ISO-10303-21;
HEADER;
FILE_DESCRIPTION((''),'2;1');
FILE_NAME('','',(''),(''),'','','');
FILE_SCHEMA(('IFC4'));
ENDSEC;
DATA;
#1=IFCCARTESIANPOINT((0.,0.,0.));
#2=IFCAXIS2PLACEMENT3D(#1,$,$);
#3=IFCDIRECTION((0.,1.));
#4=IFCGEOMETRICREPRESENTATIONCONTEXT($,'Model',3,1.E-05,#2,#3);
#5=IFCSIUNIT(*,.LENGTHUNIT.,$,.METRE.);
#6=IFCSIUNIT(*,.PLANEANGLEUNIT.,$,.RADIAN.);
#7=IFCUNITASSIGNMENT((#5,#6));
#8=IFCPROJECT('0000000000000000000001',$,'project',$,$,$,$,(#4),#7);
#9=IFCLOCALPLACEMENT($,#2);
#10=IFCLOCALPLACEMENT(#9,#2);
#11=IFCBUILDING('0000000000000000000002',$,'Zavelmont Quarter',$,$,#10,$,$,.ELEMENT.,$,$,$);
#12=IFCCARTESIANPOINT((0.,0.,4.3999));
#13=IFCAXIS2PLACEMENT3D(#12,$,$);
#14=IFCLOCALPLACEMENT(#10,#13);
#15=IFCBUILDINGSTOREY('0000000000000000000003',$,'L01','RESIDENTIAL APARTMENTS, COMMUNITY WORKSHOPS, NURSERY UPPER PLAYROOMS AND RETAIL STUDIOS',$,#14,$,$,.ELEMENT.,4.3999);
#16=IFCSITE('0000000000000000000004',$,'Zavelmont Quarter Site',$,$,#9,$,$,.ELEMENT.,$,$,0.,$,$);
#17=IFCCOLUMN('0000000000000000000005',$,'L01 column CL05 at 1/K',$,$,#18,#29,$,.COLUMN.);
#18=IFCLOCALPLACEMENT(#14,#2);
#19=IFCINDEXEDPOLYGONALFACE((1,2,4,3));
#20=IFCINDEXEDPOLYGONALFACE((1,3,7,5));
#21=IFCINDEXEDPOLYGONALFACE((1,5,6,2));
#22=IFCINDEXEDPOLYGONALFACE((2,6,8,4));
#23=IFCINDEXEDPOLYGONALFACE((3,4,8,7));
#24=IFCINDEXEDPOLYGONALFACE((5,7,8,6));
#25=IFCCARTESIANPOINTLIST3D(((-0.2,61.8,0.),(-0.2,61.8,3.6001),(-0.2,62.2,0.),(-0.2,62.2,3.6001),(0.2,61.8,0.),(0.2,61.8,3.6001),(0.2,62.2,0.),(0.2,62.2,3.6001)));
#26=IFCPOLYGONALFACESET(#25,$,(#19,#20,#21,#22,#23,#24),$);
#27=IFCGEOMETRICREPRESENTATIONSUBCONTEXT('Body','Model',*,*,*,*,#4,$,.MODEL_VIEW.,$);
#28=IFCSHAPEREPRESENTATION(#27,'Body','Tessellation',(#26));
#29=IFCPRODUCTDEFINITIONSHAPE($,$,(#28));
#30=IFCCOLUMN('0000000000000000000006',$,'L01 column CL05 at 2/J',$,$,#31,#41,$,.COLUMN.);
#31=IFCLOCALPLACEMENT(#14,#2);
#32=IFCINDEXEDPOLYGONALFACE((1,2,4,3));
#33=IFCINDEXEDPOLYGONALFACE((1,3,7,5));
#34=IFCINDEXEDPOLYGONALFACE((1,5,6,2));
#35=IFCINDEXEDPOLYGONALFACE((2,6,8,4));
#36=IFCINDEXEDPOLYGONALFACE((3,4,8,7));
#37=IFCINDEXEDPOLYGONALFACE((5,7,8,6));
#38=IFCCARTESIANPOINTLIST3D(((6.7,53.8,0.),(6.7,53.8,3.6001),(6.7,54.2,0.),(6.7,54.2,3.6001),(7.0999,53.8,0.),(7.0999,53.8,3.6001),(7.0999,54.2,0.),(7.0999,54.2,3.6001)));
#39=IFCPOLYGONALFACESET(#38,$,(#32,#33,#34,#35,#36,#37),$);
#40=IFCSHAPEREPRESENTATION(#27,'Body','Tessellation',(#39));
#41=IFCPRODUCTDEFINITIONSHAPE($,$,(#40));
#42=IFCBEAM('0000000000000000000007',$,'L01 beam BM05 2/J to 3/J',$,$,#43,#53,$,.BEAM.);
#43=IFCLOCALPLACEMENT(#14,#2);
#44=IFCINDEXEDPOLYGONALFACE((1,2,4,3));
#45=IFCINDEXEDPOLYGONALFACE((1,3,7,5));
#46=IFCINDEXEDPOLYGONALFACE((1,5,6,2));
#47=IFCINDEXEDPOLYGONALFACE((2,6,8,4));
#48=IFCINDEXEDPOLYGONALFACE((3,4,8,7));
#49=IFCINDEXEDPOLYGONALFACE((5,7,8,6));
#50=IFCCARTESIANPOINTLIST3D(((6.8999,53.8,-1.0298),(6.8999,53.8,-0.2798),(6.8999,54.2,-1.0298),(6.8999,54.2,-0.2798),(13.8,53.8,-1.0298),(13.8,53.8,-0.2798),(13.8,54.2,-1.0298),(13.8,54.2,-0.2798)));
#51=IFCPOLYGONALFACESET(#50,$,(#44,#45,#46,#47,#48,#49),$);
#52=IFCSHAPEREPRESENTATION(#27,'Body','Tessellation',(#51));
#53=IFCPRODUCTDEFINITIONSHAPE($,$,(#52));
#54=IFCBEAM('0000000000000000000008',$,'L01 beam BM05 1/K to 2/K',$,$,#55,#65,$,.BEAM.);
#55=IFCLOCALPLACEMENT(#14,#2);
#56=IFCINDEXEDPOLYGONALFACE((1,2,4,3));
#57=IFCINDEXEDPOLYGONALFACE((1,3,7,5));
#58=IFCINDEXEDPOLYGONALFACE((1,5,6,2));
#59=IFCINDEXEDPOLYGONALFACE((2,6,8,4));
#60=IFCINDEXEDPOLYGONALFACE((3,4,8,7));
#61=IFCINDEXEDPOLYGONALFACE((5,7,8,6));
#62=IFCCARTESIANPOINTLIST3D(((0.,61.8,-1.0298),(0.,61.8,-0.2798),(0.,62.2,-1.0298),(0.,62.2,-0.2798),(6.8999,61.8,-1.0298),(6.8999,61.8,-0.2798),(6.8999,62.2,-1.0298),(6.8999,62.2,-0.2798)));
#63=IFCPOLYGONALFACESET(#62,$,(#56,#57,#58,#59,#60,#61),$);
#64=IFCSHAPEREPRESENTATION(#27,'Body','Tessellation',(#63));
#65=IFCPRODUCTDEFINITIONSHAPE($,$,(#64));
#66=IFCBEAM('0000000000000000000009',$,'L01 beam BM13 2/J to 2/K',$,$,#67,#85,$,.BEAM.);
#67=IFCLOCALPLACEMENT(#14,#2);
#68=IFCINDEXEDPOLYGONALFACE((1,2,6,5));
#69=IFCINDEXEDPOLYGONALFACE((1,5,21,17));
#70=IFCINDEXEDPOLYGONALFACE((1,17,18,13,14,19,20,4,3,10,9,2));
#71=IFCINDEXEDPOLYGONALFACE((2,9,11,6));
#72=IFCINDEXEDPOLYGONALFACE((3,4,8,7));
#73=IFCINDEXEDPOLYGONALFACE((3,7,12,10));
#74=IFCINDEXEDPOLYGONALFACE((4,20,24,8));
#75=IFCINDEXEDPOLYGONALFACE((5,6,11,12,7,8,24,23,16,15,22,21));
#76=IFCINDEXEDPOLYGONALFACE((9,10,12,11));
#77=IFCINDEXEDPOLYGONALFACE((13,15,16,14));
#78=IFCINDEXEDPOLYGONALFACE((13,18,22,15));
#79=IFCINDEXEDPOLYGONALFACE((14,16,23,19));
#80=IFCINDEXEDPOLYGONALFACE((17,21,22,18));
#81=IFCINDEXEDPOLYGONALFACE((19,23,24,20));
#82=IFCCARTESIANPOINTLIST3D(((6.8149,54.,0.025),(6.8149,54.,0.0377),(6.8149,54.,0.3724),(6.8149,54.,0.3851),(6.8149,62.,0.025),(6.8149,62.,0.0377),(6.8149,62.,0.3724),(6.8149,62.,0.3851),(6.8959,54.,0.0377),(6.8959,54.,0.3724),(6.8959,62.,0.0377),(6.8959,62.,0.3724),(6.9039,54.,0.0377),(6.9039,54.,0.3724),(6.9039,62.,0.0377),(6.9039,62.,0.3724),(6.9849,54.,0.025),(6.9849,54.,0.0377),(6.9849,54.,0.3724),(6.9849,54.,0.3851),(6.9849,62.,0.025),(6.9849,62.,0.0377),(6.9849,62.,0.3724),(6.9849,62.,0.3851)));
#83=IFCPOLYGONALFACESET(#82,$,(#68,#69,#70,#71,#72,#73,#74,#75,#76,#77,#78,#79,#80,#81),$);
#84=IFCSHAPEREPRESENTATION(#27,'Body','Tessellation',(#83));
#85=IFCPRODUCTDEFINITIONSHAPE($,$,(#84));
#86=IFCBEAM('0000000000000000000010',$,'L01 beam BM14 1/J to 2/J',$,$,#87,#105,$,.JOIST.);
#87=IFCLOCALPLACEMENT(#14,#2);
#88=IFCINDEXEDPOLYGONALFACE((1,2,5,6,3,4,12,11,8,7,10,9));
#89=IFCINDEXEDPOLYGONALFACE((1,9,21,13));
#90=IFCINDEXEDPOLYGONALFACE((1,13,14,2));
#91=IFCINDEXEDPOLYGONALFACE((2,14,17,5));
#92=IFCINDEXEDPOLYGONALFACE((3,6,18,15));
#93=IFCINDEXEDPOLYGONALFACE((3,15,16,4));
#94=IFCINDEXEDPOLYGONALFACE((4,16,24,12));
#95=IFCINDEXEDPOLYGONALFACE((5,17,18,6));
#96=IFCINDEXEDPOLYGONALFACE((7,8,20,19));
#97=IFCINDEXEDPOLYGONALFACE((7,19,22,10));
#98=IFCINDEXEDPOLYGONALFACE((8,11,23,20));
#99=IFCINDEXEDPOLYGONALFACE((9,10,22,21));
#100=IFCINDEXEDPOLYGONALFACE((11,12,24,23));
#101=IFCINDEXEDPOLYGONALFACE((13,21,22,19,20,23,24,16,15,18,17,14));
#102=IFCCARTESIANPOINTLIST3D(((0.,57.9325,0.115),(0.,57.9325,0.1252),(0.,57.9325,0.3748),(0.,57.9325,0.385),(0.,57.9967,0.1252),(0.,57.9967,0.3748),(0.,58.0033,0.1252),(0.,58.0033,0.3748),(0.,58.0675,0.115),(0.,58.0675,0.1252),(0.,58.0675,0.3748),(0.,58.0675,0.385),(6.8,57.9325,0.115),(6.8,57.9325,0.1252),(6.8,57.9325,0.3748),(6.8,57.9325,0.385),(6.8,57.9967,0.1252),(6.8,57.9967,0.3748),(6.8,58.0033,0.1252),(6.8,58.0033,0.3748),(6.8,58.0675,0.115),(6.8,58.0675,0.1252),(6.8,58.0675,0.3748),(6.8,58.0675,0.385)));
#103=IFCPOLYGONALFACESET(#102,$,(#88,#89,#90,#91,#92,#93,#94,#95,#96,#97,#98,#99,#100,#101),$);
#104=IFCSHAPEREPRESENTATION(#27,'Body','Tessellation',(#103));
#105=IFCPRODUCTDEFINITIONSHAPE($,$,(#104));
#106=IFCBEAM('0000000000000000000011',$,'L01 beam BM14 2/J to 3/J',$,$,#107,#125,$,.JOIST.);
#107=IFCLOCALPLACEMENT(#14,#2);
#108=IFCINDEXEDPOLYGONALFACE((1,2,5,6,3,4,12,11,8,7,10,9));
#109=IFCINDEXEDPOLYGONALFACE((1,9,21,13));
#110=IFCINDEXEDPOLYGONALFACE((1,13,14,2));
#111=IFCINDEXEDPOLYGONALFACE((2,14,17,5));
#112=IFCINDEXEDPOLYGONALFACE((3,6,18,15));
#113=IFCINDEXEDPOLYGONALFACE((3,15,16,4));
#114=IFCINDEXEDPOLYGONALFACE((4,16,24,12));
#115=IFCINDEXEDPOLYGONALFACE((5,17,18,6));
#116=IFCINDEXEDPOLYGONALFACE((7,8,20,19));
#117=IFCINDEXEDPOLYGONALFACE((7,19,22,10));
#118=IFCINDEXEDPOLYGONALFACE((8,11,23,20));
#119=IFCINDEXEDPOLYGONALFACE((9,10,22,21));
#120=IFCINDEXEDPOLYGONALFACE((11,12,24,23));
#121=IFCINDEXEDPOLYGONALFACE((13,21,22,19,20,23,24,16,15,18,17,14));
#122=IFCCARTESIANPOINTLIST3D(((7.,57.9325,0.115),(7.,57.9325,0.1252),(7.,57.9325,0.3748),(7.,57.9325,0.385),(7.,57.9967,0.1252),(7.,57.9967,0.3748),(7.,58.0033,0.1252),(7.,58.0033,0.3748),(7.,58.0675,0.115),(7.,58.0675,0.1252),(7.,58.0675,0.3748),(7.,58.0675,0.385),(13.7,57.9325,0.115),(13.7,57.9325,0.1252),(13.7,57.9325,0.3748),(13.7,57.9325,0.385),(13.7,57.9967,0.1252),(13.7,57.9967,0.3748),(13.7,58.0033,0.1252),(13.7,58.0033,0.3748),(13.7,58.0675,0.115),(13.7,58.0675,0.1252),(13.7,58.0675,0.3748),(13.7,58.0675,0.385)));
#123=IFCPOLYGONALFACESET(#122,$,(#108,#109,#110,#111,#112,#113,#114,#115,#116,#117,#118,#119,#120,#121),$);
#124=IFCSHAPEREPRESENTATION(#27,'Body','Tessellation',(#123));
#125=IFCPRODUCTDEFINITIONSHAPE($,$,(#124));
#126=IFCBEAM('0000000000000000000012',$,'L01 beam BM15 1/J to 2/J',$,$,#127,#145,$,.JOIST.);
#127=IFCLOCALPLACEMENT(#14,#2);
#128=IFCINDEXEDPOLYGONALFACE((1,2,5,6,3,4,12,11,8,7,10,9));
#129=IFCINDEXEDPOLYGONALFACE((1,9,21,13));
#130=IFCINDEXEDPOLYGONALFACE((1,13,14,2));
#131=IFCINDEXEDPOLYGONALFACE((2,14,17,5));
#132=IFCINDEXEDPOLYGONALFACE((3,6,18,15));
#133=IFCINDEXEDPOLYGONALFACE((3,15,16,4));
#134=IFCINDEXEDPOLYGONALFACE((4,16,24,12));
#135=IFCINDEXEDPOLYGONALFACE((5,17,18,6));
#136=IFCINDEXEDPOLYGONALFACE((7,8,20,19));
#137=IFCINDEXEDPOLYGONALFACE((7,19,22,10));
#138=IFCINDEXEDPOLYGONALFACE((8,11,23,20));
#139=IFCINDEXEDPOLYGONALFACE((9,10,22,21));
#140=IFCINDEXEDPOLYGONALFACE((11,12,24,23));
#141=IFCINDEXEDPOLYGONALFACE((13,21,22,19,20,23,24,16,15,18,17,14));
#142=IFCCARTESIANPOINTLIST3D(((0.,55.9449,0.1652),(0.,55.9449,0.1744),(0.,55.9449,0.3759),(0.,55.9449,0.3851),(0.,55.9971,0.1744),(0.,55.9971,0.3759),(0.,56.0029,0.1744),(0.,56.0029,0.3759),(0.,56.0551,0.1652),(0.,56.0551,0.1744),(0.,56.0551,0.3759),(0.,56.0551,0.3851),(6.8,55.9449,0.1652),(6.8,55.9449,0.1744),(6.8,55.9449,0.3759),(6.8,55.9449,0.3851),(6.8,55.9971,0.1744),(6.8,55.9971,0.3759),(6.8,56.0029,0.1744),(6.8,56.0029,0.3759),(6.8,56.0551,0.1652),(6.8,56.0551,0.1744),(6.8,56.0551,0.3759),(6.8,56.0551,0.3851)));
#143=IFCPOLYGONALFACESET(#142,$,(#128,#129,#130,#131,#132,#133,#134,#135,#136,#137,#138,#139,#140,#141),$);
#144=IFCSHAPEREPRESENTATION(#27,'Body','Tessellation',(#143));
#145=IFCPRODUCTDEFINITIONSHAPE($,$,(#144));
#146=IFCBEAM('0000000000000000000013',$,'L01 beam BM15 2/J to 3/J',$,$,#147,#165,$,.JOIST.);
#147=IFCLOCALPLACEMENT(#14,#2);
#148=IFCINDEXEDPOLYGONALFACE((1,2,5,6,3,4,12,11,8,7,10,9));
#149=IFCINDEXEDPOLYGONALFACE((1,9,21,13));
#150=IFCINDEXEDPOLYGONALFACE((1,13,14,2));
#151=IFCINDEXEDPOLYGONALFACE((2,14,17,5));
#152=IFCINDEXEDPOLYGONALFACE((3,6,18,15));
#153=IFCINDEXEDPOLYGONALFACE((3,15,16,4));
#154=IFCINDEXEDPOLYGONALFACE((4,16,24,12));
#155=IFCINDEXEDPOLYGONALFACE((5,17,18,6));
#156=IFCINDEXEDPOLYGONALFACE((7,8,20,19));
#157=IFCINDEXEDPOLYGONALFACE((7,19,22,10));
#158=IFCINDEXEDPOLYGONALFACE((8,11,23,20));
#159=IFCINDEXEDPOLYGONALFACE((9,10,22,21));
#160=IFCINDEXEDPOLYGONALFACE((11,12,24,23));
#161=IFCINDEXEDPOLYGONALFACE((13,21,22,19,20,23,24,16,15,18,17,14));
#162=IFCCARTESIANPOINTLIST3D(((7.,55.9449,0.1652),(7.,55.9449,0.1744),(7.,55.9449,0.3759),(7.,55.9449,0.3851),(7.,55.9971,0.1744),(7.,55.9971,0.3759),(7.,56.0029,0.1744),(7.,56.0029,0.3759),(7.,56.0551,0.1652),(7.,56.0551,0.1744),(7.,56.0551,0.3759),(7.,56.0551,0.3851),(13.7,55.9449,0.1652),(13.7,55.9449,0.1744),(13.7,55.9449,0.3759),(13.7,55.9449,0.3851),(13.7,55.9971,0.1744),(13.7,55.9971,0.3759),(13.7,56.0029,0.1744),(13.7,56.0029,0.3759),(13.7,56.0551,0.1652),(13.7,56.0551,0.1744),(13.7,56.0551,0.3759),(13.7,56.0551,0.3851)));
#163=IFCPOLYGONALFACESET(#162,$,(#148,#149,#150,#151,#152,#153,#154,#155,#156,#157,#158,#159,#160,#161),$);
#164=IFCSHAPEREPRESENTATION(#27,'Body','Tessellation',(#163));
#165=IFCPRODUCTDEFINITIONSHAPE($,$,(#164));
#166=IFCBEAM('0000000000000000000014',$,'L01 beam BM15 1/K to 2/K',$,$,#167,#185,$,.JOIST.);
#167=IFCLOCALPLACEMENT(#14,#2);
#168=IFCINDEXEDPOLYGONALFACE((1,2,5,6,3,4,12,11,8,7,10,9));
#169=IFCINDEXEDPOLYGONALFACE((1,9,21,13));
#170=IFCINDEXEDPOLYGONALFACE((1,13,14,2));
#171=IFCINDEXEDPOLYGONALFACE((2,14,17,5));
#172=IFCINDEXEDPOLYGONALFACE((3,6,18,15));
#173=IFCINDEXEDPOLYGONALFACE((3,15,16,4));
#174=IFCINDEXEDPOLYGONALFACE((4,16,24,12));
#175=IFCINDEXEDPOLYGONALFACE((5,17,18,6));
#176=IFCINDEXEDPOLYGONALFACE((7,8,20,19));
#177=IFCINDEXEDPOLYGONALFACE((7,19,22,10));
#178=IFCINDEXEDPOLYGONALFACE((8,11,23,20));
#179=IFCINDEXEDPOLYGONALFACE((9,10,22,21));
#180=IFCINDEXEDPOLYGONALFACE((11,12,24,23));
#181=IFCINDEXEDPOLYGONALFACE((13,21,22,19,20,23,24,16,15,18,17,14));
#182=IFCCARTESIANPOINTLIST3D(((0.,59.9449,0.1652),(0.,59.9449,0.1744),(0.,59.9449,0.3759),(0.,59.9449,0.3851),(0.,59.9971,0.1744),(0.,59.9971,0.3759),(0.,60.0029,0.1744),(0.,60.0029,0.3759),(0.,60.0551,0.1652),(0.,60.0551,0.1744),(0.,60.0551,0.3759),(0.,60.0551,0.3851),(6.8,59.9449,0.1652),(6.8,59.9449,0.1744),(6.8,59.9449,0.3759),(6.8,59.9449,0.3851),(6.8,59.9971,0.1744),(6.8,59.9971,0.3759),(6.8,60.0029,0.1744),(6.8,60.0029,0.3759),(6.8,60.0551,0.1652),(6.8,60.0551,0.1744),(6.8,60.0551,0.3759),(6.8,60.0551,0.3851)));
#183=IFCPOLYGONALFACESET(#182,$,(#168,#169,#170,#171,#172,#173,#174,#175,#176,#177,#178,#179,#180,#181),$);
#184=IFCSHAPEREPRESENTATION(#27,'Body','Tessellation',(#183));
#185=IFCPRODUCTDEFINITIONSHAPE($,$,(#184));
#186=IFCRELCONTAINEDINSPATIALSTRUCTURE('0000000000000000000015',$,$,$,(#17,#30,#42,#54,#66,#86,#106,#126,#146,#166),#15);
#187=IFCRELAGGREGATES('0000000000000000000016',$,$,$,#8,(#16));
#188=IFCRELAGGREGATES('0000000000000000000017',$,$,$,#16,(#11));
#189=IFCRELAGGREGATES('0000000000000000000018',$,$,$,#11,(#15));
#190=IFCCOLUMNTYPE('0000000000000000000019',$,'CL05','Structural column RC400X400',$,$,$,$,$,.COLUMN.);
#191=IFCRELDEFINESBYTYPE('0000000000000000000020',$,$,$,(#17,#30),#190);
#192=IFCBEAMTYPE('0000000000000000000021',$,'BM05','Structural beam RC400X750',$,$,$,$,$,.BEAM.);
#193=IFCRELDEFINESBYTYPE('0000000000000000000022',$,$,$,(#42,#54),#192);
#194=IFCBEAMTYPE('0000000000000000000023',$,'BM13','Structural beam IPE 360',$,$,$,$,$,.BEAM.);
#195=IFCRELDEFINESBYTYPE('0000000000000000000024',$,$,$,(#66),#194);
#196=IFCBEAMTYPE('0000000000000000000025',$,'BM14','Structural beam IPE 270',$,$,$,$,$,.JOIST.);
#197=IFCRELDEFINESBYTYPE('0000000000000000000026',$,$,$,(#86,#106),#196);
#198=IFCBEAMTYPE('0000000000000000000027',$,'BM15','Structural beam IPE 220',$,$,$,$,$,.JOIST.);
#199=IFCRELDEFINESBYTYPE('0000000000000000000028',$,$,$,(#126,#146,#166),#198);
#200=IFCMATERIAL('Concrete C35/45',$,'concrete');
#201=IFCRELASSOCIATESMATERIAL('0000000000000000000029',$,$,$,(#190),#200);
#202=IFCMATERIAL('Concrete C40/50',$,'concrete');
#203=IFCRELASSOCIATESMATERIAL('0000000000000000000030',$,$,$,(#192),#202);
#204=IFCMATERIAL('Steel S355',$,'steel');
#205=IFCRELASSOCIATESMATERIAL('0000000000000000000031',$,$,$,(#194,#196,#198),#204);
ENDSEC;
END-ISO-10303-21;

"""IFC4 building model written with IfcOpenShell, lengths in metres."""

from ifc_helpers import new_model, si_unit, direction, frame, origin, origin_2d, place, context, subcontext, project, spatial, rectangle, i_section, extrude, material, material_profile, profile_set, type_object, element, save


model = new_model("IFC4")

# Units and contexts
model_context = context("Model", 3, precision=1e-05, world=origin(), true_north=direction((0.0, 1.0)))
body_context = subcontext(model_context, "Body", "Model", "MODEL_VIEW")
ifc_project = project(units=[si_unit("LENGTHUNIT", "METRE"), si_unit("PLANEANGLEUNIT", "RADIAN")], contexts=[model_context])

# Site, building, storey
site_placement = place(None, origin())
site = spatial("IfcSite", under=ifc_project, at=site_placement, Name="Zavelmont Quarter Site", CompositionType="ELEMENT", RefElevation=0.0)
building_placement = place(site_placement, origin())
building = spatial("IfcBuilding", under=site, at=building_placement, Name="Zavelmont Quarter", CompositionType="ELEMENT")
storey_placement = place(building_placement, frame((0.0, 0.0, 4.3999)))
storey = spatial("IfcBuildingStorey", under=building, at=storey_placement, Name="L01", Description="RESIDENTIAL APARTMENTS, COMMUNITY WORKSHOPS, NURSERY UPPER PLAYROOMS AND RETAIL STUDIOS", CompositionType="ELEMENT", Elevation=4.3999)

# Columns
ifc_material_1 = material(Name="Concrete C35/45", Category="concrete")
ifc_material_profile_1 = material_profile(ifc_material_1, rectangle(XDim=0.3999, YDim=0.3999, at=origin_2d()), Name="RC400X400")
ifc_profile_set_1 = profile_set([ifc_material_profile_1], Name="Concrete C35/45")
column_type = type_object("IfcColumnType", Name="CL05", Description="Structural column RC400X400", PredefinedType="COLUMN", material=ifc_profile_set_1)
for number, where, z_axis, x_axis, name in (
    (1, (0.0, 62.0, 0.0), (0.0, 0.0, 1.0), (1.0, 0.0, 0.0), "L01 column CL05 at 1/K"),
    (2, (6.8999, 54.0, 0.0), (0.0, 0.0, 1.0), (1.0, 0.0, 0.0), "L01 column CL05 at 2/J"),
):
    element("IfcColumn", number, at=place(storey_placement, frame(where, z_axis=z_axis, x_axis=x_axis)), inside=storey, type_object=column_type, Name=name, PredefinedType="COLUMN", context=body_context, shape_type="SweptSolid", body=[
        extrude(rectangle(XDim=0.3999, YDim=0.3999, at=origin_2d()), origin(), (0.0, 0.0, 1.0), 3.6001),
    ])

# Beams
ifc_material_2 = material(Name="Concrete C40/50", Category="concrete")
ifc_material_profile_2 = material_profile(ifc_material_2, rectangle(XDim=0.3999, YDim=0.75, at=origin_2d()), Name="RC400X750")
ifc_profile_set_2 = profile_set([ifc_material_profile_2], Name="Concrete C40/50")
beam_type_1 = type_object("IfcBeamType", Name="BM05", Description="Structural beam RC400X750", PredefinedType="BEAM", material=ifc_profile_set_2)
beam_1_placement = place(storey_placement, frame((6.8999, 54.0, -0.6548), z_axis=(1.0, 0.0, 0.0), x_axis=(0.0, 1.0, 0.0)))
element("IfcBeam", 3, at=beam_1_placement, inside=storey, type_object=beam_type_1, Name="L01 beam BM05 2/J to 3/J", PredefinedType="BEAM", context=body_context, shape_type="SweptSolid", body=[
    extrude(rectangle(XDim=0.3999, YDim=0.75, at=origin_2d()), origin(), (0.0, 0.0, 1.0), 6.9001),
])
beam_2_placement = place(storey_placement, frame((0.0, 62.0, -0.6548), z_axis=(1.0, 0.0, 0.0), x_axis=(0.0, 1.0, 0.0)))
element("IfcBeam", 4, at=beam_2_placement, inside=storey, type_object=beam_type_1, Name="L01 beam BM05 1/K to 2/K", PredefinedType="BEAM", context=body_context, shape_type="SweptSolid", body=[
    extrude(rectangle(XDim=0.3999, YDim=0.75, at=origin_2d()), origin(), (0.0, 0.0, 1.0), 6.8999),
])
ifc_material_3 = material(Name="Steel S355", Category="steel")
ifc_material_profile_3 = material_profile(ifc_material_3, i_section(OverallWidth=0.1699, OverallDepth=0.3601, WebThickness=0.0081, FlangeThickness=0.0127, at=origin_2d()), Name="IPE 360")
ifc_profile_set_3 = profile_set([ifc_material_profile_3], Name="Steel S355")
beam_type_2 = type_object("IfcBeamType", Name="BM13", Description="Structural beam IPE 360", PredefinedType="BEAM", material=ifc_profile_set_3)
beam_3_placement = place(storey_placement, frame((6.8999, 54.0, 0.2051), z_axis=(0.0, 1.0, 0.0), x_axis=(-1.0, 0.0, 0.0)))
element("IfcBeam", 5, at=beam_3_placement, inside=storey, type_object=beam_type_2, Name="L01 beam BM13 2/J to 2/K", PredefinedType="BEAM", context=body_context, shape_type="SweptSolid", body=[
    extrude(i_section(OverallWidth=0.1699, OverallDepth=0.3601, WebThickness=0.0081, FlangeThickness=0.0127, at=origin_2d()), origin(), (0.0, 0.0, 1.0), 8.0),
])
ifc_material_profile_4 = material_profile(ifc_material_3, i_section(OverallWidth=0.135, OverallDepth=0.27, WebThickness=0.0066, FlangeThickness=0.0103, at=origin_2d()), Name="IPE 270")
ifc_profile_set_4 = profile_set([ifc_material_profile_4], Name="Steel S355")
beam_type_3 = type_object("IfcBeamType", Name="BM14", Description="Structural beam IPE 270", PredefinedType="JOIST", material=ifc_profile_set_4)
beam_4_placement = place(storey_placement, frame((0.0, 58.0, 0.25), z_axis=(1.0, 0.0, 0.0), x_axis=(0.0, 1.0, 0.0)))
element("IfcBeam", 6, at=beam_4_placement, inside=storey, type_object=beam_type_3, Name="L01 beam BM14 1/J to 2/J", PredefinedType="JOIST", context=body_context, shape_type="SweptSolid", body=[
    extrude(i_section(OverallWidth=0.135, OverallDepth=0.27, WebThickness=0.0066, FlangeThickness=0.0103, at=origin_2d()), origin(), (0.0, 0.0, 1.0), 6.8),
])
beam_5_placement = place(storey_placement, frame((7.0, 58.0, 0.25), z_axis=(1.0, 0.0, 0.0), x_axis=(0.0, 1.0, 0.0)))
element("IfcBeam", 7, at=beam_5_placement, inside=storey, type_object=beam_type_3, Name="L01 beam BM14 2/J to 3/J", PredefinedType="JOIST", context=body_context, shape_type="SweptSolid", body=[
    extrude(i_section(OverallWidth=0.135, OverallDepth=0.27, WebThickness=0.0066, FlangeThickness=0.0103, at=origin_2d()), origin(), (0.0, 0.0, 1.0), 6.7),
])
ifc_material_profile_5 = material_profile(ifc_material_3, i_section(OverallWidth=0.1101, OverallDepth=0.22, WebThickness=0.0059, FlangeThickness=0.0093, at=origin_2d()), Name="IPE 220")
ifc_profile_set_5 = profile_set([ifc_material_profile_5], Name="Steel S355")
beam_type_4 = type_object("IfcBeamType", Name="BM15", Description="Structural beam IPE 220", PredefinedType="JOIST", material=ifc_profile_set_5)
beam_6_placement = place(storey_placement, frame((0.0, 56.0, 0.2751), z_axis=(1.0, 0.0, 0.0), x_axis=(0.0, 1.0, 0.0)))
element("IfcBeam", 8, at=beam_6_placement, inside=storey, type_object=beam_type_4, Name="L01 beam BM15 1/J to 2/J", PredefinedType="JOIST", context=body_context, shape_type="SweptSolid", body=[
    extrude(i_section(OverallWidth=0.1101, OverallDepth=0.22, WebThickness=0.0059, FlangeThickness=0.0093, at=origin_2d()), origin(), (0.0, 0.0, 1.0), 6.8),
])
beam_7_placement = place(storey_placement, frame((7.0, 56.0, 0.2751), z_axis=(1.0, 0.0, 0.0), x_axis=(0.0, 1.0, 0.0)))
element("IfcBeam", 9, at=beam_7_placement, inside=storey, type_object=beam_type_4, Name="L01 beam BM15 2/J to 3/J", PredefinedType="JOIST", context=body_context, shape_type="SweptSolid", body=[
    extrude(i_section(OverallWidth=0.1101, OverallDepth=0.22, WebThickness=0.0059, FlangeThickness=0.0093, at=origin_2d()), origin(), (0.0, 0.0, 1.0), 6.7),
])
beam_8_placement = place(storey_placement, frame((0.0, 60.0, 0.2751), z_axis=(1.0, 0.0, 0.0), x_axis=(0.0, 1.0, 0.0)))
element("IfcBeam", 10, at=beam_8_placement, inside=storey, type_object=beam_type_4, Name="L01 beam BM15 1/K to 2/K", PredefinedType="JOIST", context=body_context, shape_type="SweptSolid", body=[
    extrude(i_section(OverallWidth=0.1101, OverallDepth=0.22, WebThickness=0.0059, FlangeThickness=0.0093, at=origin_2d()), origin(), (0.0, 0.0, 1.0), 6.8),
])

save(model, "model.ifc")
